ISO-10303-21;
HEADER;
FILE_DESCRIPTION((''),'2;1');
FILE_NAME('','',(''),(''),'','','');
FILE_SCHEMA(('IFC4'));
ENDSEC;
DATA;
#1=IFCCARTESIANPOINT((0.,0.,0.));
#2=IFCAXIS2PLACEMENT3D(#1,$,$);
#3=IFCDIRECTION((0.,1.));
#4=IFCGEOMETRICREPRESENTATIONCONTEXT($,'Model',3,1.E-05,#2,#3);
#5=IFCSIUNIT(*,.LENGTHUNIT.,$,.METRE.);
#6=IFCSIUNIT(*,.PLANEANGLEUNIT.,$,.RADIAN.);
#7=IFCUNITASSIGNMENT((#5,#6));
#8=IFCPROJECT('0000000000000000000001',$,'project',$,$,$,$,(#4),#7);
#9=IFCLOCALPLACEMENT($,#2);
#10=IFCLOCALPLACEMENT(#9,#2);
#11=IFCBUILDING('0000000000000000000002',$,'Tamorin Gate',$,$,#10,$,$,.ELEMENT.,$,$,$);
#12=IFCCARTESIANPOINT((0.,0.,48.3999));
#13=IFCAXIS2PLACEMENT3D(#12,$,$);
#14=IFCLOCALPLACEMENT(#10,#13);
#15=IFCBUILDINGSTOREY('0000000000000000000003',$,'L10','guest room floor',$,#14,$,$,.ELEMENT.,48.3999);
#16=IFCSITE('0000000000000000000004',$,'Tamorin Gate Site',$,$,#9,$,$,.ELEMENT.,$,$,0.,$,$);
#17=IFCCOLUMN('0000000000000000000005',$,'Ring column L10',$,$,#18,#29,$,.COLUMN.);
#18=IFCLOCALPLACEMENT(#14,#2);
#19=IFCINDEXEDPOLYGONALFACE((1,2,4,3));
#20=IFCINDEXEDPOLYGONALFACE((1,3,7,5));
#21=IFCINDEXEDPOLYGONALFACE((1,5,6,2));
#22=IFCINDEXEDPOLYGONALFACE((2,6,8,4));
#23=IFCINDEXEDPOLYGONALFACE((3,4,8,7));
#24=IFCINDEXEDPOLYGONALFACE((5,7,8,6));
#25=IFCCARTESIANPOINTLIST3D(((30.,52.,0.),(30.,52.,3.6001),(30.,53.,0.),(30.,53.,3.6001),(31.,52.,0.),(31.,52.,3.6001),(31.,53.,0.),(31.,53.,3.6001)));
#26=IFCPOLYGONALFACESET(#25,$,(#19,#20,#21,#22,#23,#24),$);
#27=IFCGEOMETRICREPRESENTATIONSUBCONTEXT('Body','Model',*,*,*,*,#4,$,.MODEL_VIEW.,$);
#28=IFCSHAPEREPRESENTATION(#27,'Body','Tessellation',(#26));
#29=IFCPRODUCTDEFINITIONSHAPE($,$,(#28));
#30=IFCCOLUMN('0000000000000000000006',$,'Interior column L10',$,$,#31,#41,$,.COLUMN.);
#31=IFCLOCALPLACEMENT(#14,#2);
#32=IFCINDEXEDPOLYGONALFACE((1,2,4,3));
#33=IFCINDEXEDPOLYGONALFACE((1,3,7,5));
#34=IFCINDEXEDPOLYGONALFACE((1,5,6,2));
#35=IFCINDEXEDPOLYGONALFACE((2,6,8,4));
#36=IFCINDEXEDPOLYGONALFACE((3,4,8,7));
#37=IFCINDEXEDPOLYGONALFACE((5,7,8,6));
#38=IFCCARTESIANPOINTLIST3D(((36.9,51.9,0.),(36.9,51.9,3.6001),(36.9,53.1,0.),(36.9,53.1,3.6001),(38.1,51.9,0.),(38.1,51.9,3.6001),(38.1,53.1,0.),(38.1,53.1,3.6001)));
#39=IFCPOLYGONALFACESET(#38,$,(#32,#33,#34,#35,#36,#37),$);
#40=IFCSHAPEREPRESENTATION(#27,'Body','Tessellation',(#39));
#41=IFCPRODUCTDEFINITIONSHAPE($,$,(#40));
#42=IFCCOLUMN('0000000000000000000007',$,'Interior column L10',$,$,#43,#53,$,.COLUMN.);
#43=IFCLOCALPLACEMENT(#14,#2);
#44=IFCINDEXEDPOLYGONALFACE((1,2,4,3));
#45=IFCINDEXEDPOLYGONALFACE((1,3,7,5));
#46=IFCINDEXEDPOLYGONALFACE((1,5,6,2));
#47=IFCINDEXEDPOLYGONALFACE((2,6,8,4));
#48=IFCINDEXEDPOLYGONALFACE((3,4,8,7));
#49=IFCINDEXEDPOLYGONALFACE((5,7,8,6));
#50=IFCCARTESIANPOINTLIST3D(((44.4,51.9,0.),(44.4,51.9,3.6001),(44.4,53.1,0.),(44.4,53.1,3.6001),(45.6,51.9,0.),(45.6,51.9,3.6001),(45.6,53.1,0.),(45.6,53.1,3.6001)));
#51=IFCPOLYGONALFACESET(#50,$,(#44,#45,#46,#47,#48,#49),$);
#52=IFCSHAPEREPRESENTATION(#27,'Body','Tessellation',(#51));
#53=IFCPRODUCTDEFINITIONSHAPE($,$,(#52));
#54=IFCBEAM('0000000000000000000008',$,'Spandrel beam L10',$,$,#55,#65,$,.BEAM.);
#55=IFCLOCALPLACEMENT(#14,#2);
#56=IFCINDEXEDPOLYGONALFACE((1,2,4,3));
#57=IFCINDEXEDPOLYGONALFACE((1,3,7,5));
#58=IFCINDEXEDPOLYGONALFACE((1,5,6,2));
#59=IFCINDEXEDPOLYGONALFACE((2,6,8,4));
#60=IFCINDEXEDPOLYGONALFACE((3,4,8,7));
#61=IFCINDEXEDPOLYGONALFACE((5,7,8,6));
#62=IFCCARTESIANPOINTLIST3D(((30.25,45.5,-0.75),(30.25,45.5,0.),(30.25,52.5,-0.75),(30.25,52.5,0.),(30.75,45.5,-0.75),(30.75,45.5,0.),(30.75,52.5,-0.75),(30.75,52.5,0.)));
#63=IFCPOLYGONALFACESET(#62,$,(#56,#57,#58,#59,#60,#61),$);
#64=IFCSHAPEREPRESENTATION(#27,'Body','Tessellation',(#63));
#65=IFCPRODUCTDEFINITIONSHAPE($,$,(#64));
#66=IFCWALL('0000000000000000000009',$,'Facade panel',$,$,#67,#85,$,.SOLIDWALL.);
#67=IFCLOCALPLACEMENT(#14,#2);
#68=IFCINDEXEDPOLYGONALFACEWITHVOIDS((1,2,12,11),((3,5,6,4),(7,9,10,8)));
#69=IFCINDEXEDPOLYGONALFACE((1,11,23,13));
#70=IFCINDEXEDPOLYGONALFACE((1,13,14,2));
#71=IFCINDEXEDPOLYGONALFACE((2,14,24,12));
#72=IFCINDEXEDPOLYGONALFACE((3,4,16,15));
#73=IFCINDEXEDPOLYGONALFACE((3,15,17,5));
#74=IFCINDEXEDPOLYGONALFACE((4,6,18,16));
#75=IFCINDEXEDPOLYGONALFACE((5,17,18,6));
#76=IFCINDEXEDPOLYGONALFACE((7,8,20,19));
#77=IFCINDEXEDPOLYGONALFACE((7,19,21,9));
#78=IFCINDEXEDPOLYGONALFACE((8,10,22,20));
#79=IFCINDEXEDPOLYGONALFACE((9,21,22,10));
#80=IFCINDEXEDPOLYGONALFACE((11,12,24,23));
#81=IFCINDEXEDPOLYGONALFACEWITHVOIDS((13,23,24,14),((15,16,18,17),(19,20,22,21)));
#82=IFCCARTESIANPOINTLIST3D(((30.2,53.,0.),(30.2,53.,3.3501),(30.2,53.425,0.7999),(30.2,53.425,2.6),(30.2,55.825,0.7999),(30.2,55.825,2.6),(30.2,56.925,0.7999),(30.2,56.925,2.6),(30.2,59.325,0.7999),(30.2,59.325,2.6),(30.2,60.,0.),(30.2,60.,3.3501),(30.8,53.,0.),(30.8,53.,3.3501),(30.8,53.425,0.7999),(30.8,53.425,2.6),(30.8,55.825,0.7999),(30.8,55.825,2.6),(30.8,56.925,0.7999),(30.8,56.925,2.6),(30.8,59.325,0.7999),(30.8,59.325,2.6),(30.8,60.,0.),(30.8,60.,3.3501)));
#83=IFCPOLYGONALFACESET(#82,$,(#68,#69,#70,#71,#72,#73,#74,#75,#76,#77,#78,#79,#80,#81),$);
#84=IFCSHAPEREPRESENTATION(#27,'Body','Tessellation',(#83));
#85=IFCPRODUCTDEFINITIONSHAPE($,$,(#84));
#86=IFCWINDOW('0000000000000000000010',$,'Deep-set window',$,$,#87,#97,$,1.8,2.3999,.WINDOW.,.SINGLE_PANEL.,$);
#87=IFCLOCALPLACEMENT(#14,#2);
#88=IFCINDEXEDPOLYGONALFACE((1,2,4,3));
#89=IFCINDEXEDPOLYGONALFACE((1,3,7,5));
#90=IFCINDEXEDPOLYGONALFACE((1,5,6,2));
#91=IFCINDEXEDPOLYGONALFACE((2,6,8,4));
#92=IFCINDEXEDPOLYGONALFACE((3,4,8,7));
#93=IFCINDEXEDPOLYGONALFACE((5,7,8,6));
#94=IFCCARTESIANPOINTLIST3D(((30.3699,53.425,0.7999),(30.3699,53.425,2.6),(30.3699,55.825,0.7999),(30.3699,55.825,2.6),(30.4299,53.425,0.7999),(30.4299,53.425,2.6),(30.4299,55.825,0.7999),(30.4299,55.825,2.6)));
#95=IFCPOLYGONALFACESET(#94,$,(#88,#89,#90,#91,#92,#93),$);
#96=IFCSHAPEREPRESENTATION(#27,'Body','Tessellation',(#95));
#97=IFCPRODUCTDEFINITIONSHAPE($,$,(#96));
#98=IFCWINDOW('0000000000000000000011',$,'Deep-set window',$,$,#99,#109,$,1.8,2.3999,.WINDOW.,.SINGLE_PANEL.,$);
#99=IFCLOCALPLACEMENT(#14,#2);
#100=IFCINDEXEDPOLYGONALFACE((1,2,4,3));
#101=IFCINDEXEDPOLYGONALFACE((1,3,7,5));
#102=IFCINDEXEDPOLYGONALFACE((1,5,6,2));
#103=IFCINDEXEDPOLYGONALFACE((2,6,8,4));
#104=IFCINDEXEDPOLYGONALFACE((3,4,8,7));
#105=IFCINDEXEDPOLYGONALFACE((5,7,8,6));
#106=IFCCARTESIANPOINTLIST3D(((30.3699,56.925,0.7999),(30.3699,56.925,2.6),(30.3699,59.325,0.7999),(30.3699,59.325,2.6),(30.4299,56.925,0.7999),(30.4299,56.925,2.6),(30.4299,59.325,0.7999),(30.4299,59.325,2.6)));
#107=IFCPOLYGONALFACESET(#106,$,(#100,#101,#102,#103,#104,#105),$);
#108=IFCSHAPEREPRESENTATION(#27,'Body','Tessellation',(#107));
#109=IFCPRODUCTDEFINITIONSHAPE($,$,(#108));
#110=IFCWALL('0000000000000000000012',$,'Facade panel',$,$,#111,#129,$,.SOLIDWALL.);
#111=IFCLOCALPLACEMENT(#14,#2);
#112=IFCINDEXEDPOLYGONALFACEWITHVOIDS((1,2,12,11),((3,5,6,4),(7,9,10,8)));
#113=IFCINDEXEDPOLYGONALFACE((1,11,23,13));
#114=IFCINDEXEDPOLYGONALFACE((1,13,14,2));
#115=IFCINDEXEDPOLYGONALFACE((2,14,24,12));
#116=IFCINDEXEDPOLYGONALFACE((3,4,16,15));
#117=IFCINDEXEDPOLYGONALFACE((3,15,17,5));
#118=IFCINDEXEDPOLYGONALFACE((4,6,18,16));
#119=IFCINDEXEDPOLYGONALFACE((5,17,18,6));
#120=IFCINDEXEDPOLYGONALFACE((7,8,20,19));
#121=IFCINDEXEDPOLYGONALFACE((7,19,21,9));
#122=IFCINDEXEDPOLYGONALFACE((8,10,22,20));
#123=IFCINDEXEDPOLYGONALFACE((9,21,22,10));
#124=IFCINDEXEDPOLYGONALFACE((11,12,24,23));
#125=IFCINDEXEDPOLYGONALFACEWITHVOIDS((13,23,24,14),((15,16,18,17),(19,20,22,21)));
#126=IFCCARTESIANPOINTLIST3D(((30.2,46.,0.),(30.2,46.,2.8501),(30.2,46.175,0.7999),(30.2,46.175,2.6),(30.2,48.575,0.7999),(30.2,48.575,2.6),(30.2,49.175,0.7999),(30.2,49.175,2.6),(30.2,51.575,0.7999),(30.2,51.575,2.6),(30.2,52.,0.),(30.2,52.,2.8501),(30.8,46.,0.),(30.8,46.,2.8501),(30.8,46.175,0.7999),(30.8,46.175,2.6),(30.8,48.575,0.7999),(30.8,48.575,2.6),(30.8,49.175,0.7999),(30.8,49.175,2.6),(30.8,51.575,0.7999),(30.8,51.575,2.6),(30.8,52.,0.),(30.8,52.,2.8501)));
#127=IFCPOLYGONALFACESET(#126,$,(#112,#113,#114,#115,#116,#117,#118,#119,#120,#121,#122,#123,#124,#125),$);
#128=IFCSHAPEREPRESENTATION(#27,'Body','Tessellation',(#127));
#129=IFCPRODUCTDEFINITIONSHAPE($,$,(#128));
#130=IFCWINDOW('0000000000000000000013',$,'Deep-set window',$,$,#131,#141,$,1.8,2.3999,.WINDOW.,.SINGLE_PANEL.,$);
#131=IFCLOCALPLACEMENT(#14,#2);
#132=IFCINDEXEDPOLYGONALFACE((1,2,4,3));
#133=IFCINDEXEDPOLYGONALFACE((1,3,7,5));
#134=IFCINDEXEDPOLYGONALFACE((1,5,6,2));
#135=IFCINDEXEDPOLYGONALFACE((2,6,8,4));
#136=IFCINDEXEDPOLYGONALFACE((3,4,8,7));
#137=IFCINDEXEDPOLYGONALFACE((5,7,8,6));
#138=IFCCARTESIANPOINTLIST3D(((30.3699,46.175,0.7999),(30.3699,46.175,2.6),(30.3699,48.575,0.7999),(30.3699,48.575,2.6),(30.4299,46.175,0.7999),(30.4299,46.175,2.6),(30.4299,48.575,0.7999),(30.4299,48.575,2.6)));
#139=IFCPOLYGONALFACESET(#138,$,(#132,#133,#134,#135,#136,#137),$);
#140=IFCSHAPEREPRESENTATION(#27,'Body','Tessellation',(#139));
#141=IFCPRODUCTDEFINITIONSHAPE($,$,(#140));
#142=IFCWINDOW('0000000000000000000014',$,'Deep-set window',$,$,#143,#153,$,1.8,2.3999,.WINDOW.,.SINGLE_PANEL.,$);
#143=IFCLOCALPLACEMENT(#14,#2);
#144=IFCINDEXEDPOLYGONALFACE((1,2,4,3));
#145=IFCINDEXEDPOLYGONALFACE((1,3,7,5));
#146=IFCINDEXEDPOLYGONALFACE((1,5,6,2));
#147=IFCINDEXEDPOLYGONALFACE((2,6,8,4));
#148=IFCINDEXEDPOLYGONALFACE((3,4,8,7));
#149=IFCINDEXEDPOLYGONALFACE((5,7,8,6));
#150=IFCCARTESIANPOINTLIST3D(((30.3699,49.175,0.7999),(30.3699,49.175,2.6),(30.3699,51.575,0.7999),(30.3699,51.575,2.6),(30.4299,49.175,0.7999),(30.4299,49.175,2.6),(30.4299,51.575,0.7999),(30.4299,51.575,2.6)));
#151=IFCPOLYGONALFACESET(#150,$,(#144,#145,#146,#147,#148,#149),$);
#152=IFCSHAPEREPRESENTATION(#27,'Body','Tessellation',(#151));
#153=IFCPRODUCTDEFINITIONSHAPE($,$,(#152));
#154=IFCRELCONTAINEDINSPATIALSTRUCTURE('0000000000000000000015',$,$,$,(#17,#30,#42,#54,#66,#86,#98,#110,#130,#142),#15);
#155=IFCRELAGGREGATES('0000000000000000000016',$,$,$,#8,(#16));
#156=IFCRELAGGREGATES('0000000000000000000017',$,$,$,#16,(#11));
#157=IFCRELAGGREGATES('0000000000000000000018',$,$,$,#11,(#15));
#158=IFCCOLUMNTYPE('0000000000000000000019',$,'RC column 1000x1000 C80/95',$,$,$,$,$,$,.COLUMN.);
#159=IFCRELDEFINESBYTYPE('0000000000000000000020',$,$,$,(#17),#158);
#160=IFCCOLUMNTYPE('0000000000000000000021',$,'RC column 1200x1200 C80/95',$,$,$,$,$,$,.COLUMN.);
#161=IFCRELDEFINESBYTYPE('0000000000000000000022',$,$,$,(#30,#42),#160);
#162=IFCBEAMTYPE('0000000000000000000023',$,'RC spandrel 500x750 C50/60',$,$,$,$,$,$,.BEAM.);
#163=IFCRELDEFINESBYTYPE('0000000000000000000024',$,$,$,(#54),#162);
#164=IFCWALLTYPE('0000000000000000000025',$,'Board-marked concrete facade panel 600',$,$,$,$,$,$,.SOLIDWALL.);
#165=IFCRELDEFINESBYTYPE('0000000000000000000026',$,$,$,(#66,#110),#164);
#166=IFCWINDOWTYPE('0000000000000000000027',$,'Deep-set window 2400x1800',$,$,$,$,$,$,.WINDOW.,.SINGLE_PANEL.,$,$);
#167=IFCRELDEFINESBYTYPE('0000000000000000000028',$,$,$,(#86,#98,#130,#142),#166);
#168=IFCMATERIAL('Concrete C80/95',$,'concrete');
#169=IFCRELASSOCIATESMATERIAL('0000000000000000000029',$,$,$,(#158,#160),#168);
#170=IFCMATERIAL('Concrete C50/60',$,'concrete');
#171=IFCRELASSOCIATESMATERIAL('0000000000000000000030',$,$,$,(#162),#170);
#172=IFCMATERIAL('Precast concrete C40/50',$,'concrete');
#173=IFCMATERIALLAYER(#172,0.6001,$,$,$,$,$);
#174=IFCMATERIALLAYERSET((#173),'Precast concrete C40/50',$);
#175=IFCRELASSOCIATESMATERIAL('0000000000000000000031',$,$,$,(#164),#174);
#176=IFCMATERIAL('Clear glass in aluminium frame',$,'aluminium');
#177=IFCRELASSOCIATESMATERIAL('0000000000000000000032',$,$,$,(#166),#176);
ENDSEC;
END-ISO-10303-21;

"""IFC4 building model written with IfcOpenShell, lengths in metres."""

from ifc_helpers import new_model, si_unit, direction, frame, frame_2d, origin, origin_2d, place, context, subcontext, project, spatial, rectangle, extrude, material, layer, layer_set, material_profile, profile_set, type_object, element, fill, save


model = new_model("IFC4")

# Units and contexts
model_context = context("Model", 3, precision=1e-05, world=origin(), true_north=direction((0.0, 1.0)))
body_context = subcontext(model_context, "Body", "Model", "MODEL_VIEW")
ifc_project = project(units=[si_unit("LENGTHUNIT", "METRE"), si_unit("PLANEANGLEUNIT", "RADIAN")], contexts=[model_context])

# Site, building, storey
site_placement = place(None, origin())
site = spatial("IfcSite", under=ifc_project, at=site_placement, Name="Tamorin Gate Site", CompositionType="ELEMENT", RefElevation=0.0)
building_placement = place(site_placement, origin())
building = spatial("IfcBuilding", under=site, at=building_placement, Name="Tamorin Gate", CompositionType="ELEMENT")
storey_placement = place(building_placement, frame((0.0, 0.0, 48.3999)))
storey = spatial("IfcBuildingStorey", under=building, at=storey_placement, Name="L10", Description="guest room floor", CompositionType="ELEMENT", Elevation=48.3999)

# Columns
ifc_material_1 = material(Name="Concrete C80/95", Category="concrete")
ifc_material_profile_1 = material_profile(ifc_material_1, rectangle(XDim=1.0, YDim=1.0, at=origin_2d()), Name="RC 1000x1000")
ifc_profile_set_1 = profile_set([ifc_material_profile_1], Name="Concrete C80/95")
column_type_1 = type_object("IfcColumnType", Name="RC column 1000x1000 C80/95", PredefinedType="COLUMN", material=ifc_profile_set_1)
column_placement = place(storey_placement, frame((30.5, 52.5, 0.0), z_axis=(0.0, 0.0, 1.0), x_axis=(1.0, 0.0, 0.0)))
element("IfcColumn", 1, at=column_placement, inside=storey, type_object=column_type_1, Name="Ring column L10", PredefinedType="COLUMN", context=body_context, shape_type="SweptSolid", body=[
    extrude(rectangle(XDim=1.0, YDim=1.0, at=origin_2d()), origin(), (0.0, 0.0, 1.0), 3.6001),
])
ifc_material_profile_2 = material_profile(ifc_material_1, rectangle(XDim=1.2, YDim=1.2, at=origin_2d()), Name="RC 1200x1200")
ifc_profile_set_2 = profile_set([ifc_material_profile_2], Name="Concrete C80/95")
column_type_2 = type_object("IfcColumnType", Name="RC column 1200x1200 C80/95", PredefinedType="COLUMN", material=ifc_profile_set_2)
for number, where, z_axis, x_axis, name in (
    (2, (37.5, 52.5, 0.0), (0.0, 0.0, 1.0), (1.0, 0.0, 0.0), "Interior column L10"),
    (3, (45.0, 52.5, 0.0), (0.0, 0.0, 1.0), (1.0, 0.0, 0.0), "Interior column L10"),
):
    element("IfcColumn", number, at=place(storey_placement, frame(where, z_axis=z_axis, x_axis=x_axis)), inside=storey, type_object=column_type_2, Name=name, PredefinedType="COLUMN", context=body_context, shape_type="SweptSolid", body=[
        extrude(rectangle(XDim=1.2, YDim=1.2, at=origin_2d()), origin(), (0.0, 0.0, 1.0), 3.6001),
    ])

# Beam
ifc_material_2 = material(Name="Concrete C50/60", Category="concrete")
ifc_material_profile_3 = material_profile(ifc_material_2, rectangle(XDim=0.5, YDim=0.75, at=origin_2d()), Name="RC 500x750")
ifc_profile_set_3 = profile_set([ifc_material_profile_3], Name="Concrete C50/60")
beam_type = type_object("IfcBeamType", Name="RC spandrel 500x750 C50/60", PredefinedType="BEAM", material=ifc_profile_set_3)
beam_placement = place(storey_placement, frame((30.5, 52.5, -0.375), z_axis=(0.0, -1.0, 0.0), x_axis=(1.0, 0.0, 0.0)))
element("IfcBeam", 4, at=beam_placement, inside=storey, type_object=beam_type, Name="Spandrel beam L10", PredefinedType="BEAM", context=body_context, shape_type="SweptSolid", body=[
    extrude(rectangle(XDim=0.5, YDim=0.75, at=origin_2d()), origin(), (0.0, 0.0, 1.0), 7.0),
])

# Walls, openings, windows
ifc_material_3 = material(Name="Precast concrete C40/50", Category="concrete")
ifc_layer_1 = layer(ifc_material_3, 0.6001)
ifc_layer_set_1 = layer_set([ifc_layer_1], Name="Precast concrete C40/50")
wall_type_1 = type_object("IfcWallType", Name="Board-marked concrete facade panel 600", PredefinedType="SOLIDWALL", material=ifc_layer_set_1)
wall_1_placement = place(storey_placement, frame((30.5, 60.0, 0.0), z_axis=(0.0, 0.0, 1.0), x_axis=(0.0, -1.0, 0.0)))
wall_1 = element("IfcWall", 5, at=wall_1_placement, inside=storey, type_object=wall_type_1, Name="Facade panel", PredefinedType="SOLIDWALL", context=body_context, shape_type="SweptSolid", body=[
    extrude(rectangle(XDim=7.0, YDim=0.6001, at=frame_2d((3.5, 0.0))), origin(), (0.0, 0.0, 1.0), 3.3501),
])
opening_1_placement = place(wall_1_placement, frame((4.175, 0.0, 0.8)))
opening_1 = element("IfcOpeningElement", 6, at=opening_1_placement, cuts=wall_1, PredefinedType="OPENING", context=body_context, shape_type="SweptSolid", body=[
    extrude(rectangle(XDim=2.3999, YDim=1.8, at=frame_2d((1.2, 0.8999))), frame((0.0, 0.3101, 0.0), z_axis=(0.0, -1.0, 0.0), x_axis=(1.0, 0.0, 0.0)), (0.0, 0.0, 1.0), 0.6201),
])
opening_2_placement = place(wall_1_placement, frame((0.675, 0.0, 0.8)))
opening_2 = element("IfcOpeningElement", 7, at=opening_2_placement, cuts=wall_1, PredefinedType="OPENING", context=body_context, shape_type="SweptSolid", body=[
    extrude(rectangle(XDim=2.3999, YDim=1.8, at=frame_2d((1.2, 0.8999))), frame((0.0, 0.3101, 0.0), z_axis=(0.0, -1.0, 0.0), x_axis=(1.0, 0.0, 0.0)), (0.0, 0.0, 1.0), 0.6201),
])
ifc_material_4 = material(Name="Clear glass in aluminium frame", Category="aluminium")
window_type = type_object("IfcWindowType", Name="Deep-set window 2400x1800", PartitioningType="SINGLE_PANEL", PredefinedType="WINDOW", material=ifc_material_4)
window_1_placement = place(opening_1_placement, origin())
window_1 = element("IfcWindow", 8, at=window_1_placement, inside=storey, type_object=window_type, Name="Deep-set window", OverallHeight=1.8, OverallWidth=2.3999, PartitioningType="SINGLE_PANEL", PredefinedType="WINDOW", context=body_context, shape_type="SweptSolid", body=[
    extrude(rectangle(XDim=2.3999, YDim=1.8, at=frame_2d((1.2, 0.8999))), frame((0.0, -0.0701, 0.0), z_axis=(0.0, -1.0, 0.0), x_axis=(1.0, 0.0, 0.0)), (0.0, 0.0, 1.0), 0.0601),
])
fill(opening_1, window_1)
window_2_placement = place(opening_2_placement, origin())
window_2 = element("IfcWindow", 9, at=window_2_placement, inside=storey, type_object=window_type, Name="Deep-set window", OverallHeight=1.8, OverallWidth=2.3999, PartitioningType="SINGLE_PANEL", PredefinedType="WINDOW", context=body_context, shape_type="SweptSolid", body=[
    extrude(rectangle(XDim=2.3999, YDim=1.8, at=frame_2d((1.2, 0.8999))), frame((0.0, -0.0701, 0.0), z_axis=(0.0, -1.0, 0.0), x_axis=(1.0, 0.0, 0.0)), (0.0, 0.0, 1.0), 0.0601),
])
fill(opening_2, window_2)
wall_2_placement = place(storey_placement, frame((30.5, 52.0, 0.0), z_axis=(0.0, 0.0, 1.0), x_axis=(0.0, -1.0, 0.0)))
wall_2 = element("IfcWall", 10, at=wall_2_placement, inside=storey, type_object=wall_type_1, Name="Facade panel", PredefinedType="SOLIDWALL", context=body_context, shape_type="SweptSolid", body=[
    extrude(rectangle(XDim=6.0, YDim=0.6001, at=frame_2d((3.0, 0.0))), origin(), (0.0, 0.0, 1.0), 2.8501),
])
opening_3_placement = place(wall_2_placement, frame((3.425, 0.0, 0.8)))
opening_3 = element("IfcOpeningElement", 11, at=opening_3_placement, cuts=wall_2, PredefinedType="OPENING", context=body_context, shape_type="SweptSolid", body=[
    extrude(rectangle(XDim=2.3999, YDim=1.8, at=frame_2d((1.2, 0.8999))), frame((0.0, 0.3101, 0.0), z_axis=(0.0, -1.0, 0.0), x_axis=(1.0, 0.0, 0.0)), (0.0, 0.0, 1.0), 0.6201),
])
opening_4_placement = place(wall_2_placement, frame((0.425, 0.0, 0.8)))
opening_4 = element("IfcOpeningElement", 12, at=opening_4_placement, cuts=wall_2, PredefinedType="OPENING", context=body_context, shape_type="SweptSolid", body=[
    extrude(rectangle(XDim=2.3999, YDim=1.8, at=frame_2d((1.2, 0.8999))), frame((0.0, 0.3101, 0.0), z_axis=(0.0, -1.0, 0.0), x_axis=(1.0, 0.0, 0.0)), (0.0, 0.0, 1.0), 0.6201),
])
window_3_placement = place(opening_3_placement, origin())
window_3 = element("IfcWindow", 13, at=window_3_placement, inside=storey, type_object=window_type, Name="Deep-set window", OverallHeight=1.8, OverallWidth=2.3999, PartitioningType="SINGLE_PANEL", PredefinedType="WINDOW", context=body_context, shape_type="SweptSolid", body=[
    extrude(rectangle(XDim=2.3999, YDim=1.8, at=frame_2d((1.2, 0.8999))), frame((0.0, -0.0701, 0.0), z_axis=(0.0, -1.0, 0.0), x_axis=(1.0, 0.0, 0.0)), (0.0, 0.0, 1.0), 0.0601),
])
fill(opening_3, window_3)
window_4_placement = place(opening_4_placement, origin())
window_4 = element("IfcWindow", 14, at=window_4_placement, inside=storey, type_object=window_type, Name="Deep-set window", OverallHeight=1.8, OverallWidth=2.3999, PartitioningType="SINGLE_PANEL", PredefinedType="WINDOW", context=body_context, shape_type="SweptSolid", body=[
    extrude(rectangle(XDim=2.3999, YDim=1.8, at=frame_2d((1.2, 0.8999))), frame((0.0, -0.0701, 0.0), z_axis=(0.0, -1.0, 0.0), x_axis=(1.0, 0.0, 0.0)), (0.0, 0.0, 1.0), 0.0601),
])
fill(opening_4, window_4)

save(model, "model.ifc")
